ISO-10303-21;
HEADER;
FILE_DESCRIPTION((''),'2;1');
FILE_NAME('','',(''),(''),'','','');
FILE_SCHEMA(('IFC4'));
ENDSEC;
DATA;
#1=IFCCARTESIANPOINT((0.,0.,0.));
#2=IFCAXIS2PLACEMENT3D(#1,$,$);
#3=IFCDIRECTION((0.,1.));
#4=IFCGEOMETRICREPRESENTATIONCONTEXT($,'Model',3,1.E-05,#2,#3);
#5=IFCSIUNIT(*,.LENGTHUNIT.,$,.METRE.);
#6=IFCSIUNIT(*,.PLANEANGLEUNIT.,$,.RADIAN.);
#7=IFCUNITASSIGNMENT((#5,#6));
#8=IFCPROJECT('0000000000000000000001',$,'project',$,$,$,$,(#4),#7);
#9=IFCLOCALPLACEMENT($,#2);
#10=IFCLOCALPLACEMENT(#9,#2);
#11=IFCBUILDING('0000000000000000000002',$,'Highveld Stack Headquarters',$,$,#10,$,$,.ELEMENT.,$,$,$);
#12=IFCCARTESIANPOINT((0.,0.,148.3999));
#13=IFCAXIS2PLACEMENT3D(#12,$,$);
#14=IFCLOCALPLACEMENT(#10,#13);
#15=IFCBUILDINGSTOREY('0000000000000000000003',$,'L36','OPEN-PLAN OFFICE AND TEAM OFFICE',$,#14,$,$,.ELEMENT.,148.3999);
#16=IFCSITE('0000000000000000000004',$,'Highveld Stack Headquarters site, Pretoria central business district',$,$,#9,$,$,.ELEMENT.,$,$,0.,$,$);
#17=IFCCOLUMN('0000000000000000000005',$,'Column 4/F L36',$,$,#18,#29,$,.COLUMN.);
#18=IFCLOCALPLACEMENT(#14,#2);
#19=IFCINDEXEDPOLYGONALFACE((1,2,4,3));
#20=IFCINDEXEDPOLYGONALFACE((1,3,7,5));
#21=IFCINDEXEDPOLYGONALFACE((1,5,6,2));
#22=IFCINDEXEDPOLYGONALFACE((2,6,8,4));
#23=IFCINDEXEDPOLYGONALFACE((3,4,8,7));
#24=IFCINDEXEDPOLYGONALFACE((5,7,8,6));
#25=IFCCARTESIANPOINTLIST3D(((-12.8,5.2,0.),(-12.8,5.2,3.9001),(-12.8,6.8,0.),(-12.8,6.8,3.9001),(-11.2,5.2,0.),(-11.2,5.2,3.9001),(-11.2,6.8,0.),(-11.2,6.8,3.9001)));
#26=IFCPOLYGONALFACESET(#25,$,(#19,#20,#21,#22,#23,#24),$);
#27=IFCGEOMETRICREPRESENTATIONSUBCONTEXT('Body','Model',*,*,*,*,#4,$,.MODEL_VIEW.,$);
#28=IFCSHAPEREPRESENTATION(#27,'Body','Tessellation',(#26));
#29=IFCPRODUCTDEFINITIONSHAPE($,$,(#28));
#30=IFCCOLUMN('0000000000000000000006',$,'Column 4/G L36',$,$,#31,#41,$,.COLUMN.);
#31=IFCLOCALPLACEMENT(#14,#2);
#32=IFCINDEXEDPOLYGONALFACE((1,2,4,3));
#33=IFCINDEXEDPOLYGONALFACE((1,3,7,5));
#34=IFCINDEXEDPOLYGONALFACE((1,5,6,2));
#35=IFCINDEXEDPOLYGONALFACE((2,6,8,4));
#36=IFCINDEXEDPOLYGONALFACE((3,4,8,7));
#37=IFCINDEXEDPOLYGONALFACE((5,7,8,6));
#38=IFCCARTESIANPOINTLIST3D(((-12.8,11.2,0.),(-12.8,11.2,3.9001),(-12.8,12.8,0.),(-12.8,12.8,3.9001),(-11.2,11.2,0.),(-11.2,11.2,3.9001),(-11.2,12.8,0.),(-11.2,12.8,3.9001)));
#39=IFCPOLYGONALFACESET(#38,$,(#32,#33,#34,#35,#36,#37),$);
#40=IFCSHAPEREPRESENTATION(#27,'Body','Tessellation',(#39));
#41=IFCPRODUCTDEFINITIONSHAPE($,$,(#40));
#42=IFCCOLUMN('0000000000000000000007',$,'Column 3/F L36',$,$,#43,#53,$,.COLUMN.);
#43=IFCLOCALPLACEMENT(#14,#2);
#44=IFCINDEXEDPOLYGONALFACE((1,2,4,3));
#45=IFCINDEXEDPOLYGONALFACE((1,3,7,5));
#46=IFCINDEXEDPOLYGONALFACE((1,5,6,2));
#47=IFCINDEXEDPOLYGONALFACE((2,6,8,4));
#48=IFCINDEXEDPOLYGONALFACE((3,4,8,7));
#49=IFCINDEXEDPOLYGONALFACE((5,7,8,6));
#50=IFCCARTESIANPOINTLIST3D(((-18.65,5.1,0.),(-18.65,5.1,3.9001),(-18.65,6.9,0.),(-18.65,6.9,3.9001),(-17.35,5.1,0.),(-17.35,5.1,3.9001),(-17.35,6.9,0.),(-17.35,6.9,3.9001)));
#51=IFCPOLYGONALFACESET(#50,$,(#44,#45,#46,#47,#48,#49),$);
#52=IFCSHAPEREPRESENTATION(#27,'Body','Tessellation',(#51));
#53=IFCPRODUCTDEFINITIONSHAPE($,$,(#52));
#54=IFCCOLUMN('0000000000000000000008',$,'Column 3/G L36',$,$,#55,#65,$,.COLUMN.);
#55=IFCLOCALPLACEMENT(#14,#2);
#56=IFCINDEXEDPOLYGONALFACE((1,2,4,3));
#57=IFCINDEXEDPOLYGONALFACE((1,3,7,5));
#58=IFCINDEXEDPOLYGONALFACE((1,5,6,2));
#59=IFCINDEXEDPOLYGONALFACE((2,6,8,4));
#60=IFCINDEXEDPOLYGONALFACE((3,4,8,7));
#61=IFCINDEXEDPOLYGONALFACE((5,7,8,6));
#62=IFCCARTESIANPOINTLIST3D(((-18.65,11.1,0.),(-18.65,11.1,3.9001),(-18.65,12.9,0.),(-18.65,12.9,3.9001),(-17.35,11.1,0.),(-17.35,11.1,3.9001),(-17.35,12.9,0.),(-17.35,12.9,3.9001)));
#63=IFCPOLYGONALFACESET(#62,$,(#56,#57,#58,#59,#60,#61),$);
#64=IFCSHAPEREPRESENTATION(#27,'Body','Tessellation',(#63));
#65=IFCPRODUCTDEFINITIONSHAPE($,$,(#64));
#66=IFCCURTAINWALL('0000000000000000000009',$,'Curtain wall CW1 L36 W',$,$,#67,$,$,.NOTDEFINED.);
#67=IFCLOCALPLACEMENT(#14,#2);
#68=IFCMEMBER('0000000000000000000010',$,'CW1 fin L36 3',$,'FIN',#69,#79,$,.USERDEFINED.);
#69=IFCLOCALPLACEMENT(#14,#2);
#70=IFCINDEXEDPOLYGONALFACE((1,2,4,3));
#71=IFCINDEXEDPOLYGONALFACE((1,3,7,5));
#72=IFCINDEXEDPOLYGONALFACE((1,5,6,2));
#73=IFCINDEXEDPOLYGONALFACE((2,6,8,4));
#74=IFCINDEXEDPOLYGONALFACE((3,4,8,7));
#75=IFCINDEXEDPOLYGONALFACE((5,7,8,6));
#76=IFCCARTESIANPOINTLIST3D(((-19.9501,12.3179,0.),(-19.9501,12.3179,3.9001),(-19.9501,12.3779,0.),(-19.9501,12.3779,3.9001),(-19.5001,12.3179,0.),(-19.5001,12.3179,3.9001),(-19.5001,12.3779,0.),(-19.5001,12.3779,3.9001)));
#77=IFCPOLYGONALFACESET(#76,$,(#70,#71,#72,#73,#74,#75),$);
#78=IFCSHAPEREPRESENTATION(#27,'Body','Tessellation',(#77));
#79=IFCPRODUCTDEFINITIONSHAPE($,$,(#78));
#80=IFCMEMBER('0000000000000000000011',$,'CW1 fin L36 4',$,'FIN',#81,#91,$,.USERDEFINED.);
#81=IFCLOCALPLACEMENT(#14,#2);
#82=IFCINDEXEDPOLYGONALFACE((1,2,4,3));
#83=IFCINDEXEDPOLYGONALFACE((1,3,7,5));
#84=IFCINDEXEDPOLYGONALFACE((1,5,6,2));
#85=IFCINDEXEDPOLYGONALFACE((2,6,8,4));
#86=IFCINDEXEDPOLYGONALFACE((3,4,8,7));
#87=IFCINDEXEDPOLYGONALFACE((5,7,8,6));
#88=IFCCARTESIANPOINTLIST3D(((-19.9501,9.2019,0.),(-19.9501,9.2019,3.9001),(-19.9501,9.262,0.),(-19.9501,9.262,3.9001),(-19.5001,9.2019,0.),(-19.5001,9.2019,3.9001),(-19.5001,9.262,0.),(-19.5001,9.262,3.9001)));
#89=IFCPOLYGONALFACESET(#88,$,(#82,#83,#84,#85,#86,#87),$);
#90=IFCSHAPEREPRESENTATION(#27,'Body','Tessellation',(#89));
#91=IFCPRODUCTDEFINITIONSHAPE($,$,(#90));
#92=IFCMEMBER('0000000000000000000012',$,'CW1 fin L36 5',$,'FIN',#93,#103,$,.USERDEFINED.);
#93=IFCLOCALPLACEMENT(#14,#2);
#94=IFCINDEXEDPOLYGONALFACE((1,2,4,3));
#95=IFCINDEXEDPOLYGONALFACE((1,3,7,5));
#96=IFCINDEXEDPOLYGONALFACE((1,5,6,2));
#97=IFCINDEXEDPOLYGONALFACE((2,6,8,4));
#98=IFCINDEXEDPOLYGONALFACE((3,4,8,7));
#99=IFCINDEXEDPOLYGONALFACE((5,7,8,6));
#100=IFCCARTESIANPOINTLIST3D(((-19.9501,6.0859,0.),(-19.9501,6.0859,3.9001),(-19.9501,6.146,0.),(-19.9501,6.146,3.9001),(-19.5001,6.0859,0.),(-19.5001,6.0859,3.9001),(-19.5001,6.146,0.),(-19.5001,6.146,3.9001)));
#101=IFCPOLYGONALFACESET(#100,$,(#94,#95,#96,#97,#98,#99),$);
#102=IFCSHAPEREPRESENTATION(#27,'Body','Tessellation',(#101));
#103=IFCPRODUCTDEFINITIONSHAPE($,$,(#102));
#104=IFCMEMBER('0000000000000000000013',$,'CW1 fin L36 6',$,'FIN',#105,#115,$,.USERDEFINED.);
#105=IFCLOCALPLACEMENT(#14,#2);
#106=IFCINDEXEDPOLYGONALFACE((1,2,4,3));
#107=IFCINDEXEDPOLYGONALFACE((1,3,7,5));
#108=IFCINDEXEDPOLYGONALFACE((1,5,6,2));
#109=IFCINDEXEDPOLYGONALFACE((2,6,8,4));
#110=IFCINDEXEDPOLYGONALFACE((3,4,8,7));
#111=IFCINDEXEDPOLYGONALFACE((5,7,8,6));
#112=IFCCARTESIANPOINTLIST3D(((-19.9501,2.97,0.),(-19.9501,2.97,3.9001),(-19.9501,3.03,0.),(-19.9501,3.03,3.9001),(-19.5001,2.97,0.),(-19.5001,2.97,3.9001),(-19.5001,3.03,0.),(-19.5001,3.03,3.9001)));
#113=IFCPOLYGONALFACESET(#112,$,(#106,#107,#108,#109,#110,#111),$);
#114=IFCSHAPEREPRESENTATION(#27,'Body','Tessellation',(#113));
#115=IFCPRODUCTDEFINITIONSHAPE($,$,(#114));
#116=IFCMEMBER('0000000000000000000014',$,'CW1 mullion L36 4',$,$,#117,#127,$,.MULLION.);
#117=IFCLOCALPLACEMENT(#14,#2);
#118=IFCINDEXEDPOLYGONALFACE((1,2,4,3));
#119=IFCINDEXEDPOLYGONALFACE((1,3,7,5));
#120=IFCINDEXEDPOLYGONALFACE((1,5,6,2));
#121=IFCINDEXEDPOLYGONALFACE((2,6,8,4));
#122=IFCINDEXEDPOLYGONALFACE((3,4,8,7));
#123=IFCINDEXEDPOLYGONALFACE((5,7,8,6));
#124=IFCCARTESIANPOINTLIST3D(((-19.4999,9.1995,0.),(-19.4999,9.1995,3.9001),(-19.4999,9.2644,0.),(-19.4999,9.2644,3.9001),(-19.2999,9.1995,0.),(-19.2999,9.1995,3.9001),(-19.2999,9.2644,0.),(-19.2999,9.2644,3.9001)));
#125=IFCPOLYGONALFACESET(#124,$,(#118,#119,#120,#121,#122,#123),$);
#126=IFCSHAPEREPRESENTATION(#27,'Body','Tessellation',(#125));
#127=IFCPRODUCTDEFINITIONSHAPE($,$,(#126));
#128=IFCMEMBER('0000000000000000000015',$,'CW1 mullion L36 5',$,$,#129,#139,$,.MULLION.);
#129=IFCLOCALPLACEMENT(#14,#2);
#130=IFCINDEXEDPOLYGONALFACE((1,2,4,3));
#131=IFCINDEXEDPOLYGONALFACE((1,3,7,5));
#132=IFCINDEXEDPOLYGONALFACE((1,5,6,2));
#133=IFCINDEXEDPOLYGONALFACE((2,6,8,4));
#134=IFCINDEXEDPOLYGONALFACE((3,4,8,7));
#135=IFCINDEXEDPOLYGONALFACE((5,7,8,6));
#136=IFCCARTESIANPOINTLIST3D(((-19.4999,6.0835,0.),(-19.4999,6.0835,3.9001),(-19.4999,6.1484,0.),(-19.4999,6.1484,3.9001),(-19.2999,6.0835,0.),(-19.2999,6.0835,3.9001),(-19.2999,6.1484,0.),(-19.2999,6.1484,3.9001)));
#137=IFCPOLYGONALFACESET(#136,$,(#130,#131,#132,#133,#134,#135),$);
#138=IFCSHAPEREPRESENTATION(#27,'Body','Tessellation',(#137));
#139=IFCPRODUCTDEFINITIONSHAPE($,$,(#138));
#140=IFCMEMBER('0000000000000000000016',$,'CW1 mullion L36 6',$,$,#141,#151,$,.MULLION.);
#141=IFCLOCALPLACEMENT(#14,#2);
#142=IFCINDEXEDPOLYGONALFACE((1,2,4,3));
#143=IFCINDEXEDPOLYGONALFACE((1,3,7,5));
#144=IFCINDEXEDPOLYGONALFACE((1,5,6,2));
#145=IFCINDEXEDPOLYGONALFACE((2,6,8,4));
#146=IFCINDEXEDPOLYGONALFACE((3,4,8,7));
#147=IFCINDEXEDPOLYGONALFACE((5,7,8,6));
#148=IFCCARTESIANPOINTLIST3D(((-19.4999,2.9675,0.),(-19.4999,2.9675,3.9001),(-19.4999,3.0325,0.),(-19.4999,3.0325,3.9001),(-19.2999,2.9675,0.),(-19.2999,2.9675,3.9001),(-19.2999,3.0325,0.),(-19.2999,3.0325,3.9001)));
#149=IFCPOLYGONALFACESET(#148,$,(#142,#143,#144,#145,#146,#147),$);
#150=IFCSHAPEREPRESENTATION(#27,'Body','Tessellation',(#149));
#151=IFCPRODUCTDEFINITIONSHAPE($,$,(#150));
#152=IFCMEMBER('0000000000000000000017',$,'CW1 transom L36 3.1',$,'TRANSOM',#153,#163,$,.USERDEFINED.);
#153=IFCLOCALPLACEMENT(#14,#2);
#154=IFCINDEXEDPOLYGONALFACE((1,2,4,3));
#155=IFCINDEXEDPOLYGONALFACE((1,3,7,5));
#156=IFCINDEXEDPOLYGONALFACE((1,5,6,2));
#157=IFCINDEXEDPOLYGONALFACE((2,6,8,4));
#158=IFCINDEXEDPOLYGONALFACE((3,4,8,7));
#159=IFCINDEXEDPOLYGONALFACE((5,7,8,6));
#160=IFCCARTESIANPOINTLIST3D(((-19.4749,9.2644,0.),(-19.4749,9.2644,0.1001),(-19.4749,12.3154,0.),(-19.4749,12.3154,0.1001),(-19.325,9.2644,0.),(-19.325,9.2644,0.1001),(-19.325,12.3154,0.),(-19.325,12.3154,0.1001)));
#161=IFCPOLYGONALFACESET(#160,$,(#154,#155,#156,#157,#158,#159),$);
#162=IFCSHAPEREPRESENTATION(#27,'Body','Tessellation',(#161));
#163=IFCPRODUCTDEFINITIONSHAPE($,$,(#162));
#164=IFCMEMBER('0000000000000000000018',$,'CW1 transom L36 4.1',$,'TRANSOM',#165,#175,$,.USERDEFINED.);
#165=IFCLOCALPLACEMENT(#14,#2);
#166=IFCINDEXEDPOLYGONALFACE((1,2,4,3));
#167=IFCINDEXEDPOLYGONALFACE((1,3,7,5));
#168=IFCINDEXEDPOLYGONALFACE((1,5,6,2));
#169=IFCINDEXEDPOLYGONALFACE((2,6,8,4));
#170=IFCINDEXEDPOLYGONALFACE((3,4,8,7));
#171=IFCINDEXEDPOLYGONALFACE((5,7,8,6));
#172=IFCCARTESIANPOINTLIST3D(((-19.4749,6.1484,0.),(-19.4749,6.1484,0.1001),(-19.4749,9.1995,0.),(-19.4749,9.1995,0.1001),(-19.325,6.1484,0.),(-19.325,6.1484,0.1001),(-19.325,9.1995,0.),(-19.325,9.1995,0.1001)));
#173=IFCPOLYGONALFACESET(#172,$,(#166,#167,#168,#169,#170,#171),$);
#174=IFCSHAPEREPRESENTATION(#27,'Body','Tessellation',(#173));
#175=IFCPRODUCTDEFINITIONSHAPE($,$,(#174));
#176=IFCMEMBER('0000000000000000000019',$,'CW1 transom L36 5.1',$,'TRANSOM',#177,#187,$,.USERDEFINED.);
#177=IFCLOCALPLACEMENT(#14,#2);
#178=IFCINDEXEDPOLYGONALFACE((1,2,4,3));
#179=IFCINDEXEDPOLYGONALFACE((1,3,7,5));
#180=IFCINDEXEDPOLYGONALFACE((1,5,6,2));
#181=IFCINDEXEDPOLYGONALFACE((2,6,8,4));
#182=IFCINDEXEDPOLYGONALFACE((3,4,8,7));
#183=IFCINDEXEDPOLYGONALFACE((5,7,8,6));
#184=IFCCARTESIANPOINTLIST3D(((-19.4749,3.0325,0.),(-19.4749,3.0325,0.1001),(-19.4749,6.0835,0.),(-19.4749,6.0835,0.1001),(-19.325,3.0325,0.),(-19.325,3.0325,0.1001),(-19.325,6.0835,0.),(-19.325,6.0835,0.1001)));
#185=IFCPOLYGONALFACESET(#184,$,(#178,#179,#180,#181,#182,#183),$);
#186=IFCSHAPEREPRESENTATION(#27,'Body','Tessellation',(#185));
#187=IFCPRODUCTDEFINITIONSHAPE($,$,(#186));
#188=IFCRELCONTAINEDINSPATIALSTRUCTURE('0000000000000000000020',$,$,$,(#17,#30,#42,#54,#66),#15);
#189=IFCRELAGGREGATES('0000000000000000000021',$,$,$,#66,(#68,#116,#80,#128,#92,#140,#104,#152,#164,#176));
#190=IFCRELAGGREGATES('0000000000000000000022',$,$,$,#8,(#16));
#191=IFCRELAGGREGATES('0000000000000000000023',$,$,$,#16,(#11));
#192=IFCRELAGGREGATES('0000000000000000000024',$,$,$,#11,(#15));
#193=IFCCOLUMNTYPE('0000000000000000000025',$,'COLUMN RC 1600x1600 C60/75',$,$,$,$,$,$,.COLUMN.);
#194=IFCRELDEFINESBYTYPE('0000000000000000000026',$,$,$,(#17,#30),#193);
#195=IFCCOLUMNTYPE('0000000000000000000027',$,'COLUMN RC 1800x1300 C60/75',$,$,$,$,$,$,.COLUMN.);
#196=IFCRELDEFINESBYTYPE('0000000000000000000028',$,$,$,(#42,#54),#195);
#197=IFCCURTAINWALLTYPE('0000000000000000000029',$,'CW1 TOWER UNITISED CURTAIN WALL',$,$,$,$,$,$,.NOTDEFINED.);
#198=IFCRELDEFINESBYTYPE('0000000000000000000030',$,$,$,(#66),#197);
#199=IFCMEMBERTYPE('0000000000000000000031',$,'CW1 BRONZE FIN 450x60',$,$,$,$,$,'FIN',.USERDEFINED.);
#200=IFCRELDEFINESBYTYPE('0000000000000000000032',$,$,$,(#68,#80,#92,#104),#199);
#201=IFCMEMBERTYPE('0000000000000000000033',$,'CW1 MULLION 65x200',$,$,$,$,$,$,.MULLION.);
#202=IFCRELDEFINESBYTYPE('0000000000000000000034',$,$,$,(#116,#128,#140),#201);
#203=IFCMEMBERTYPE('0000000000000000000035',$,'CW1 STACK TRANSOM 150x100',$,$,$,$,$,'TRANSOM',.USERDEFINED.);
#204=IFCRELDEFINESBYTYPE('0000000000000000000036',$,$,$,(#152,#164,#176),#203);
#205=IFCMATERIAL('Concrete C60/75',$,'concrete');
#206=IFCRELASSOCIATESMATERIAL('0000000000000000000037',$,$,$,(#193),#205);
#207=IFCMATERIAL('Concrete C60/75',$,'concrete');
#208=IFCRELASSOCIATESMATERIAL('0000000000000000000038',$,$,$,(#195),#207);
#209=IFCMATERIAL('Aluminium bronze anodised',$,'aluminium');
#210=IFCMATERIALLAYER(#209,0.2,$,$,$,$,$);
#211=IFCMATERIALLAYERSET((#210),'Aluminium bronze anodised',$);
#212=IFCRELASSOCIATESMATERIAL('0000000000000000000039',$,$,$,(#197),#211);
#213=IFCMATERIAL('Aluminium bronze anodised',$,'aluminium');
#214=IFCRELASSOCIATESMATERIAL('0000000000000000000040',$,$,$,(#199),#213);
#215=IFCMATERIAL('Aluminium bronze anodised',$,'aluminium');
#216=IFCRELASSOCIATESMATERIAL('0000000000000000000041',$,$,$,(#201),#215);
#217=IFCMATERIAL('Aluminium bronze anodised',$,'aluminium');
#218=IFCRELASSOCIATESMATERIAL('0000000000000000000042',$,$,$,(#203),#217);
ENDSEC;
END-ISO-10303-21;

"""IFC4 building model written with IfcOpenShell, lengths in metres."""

from ifc_helpers import new_model, si_unit, direction, frame, origin, origin_2d, place, context, subcontext, project, spatial, rectangle, extrude, material, layer, layer_set, material_profile, profile_set, type_object, element, aggregate, save


model = new_model("IFC4")

# Units and contexts
model_context = context("Model", 3, precision=1e-05, world=origin(), true_north=direction((0.0, 1.0)))
body_context = subcontext(model_context, "Body", "Model", "MODEL_VIEW")
ifc_project = project(units=[si_unit("LENGTHUNIT", "METRE"), si_unit("PLANEANGLEUNIT", "RADIAN")], contexts=[model_context])

# Site, building, storey
site_placement = place(None, origin())
site = spatial("IfcSite", under=ifc_project, at=site_placement, Name="Highveld Stack Headquarters site, Pretoria central business district", CompositionType="ELEMENT", RefElevation=0.0)
building_placement = place(site_placement, origin())
building = spatial("IfcBuilding", under=site, at=building_placement, Name="Highveld Stack Headquarters", CompositionType="ELEMENT")
storey_placement = place(building_placement, frame((0.0, 0.0, 148.3999)))
storey = spatial("IfcBuildingStorey", under=building, at=storey_placement, Name="L36", Description="OPEN-PLAN OFFICE AND TEAM OFFICE", CompositionType="ELEMENT", Elevation=148.3999)

# Columns
ifc_material_1 = material(Name="Concrete C60/75", Category="concrete")
ifc_material_profile_1 = material_profile(ifc_material_1, rectangle(XDim=1.6001, YDim=1.6001, at=origin_2d()), Name="RC 1600x1600")
ifc_profile_set_1 = profile_set([ifc_material_profile_1], Name="Concrete C60/75")
column_type_1 = type_object("IfcColumnType", Name="COLUMN RC 1600x1600 C60/75", PredefinedType="COLUMN", material=ifc_profile_set_1)
for number, where, z_axis, x_axis, name in (
    (1, (-12.0, 6.0, 0.0), (0.0, 0.0, 1.0), (1.0, 0.0, 0.0), "Column 4/F L36"),
    (2, (-12.0, 12.0, 0.0), (0.0, 0.0, 1.0), (1.0, 0.0, 0.0), "Column 4/G L36"),
):
    element("IfcColumn", number, at=place(storey_placement, frame(where, z_axis=z_axis, x_axis=x_axis)), inside=storey, type_object=column_type_1, Name=name, PredefinedType="COLUMN", context=body_context, shape_type="SweptSolid", body=[
        extrude(rectangle(XDim=1.6001, YDim=1.6001, at=origin_2d()), origin(), (0.0, 0.0, 1.0), 3.9001),
    ])
ifc_material_2 = material(Name="Concrete C60/75", Category="concrete")
ifc_material_profile_2 = material_profile(ifc_material_2, rectangle(XDim=1.8, YDim=1.3, at=origin_2d()), Name="RC 1800x1300")
ifc_profile_set_2 = profile_set([ifc_material_profile_2], Name="Concrete C60/75")
column_type_2 = type_object("IfcColumnType", Name="COLUMN RC 1800x1300 C60/75", PredefinedType="COLUMN", material=ifc_profile_set_2)
for number, where, z_axis, x_axis, name in (
    (3, (-18.0, 6.0, 0.0), (0.0, 0.0, 1.0), (0.0, 1.0, 0.0), "Column 3/F L36"),
    (4, (-18.0, 12.0, 0.0), (0.0, 0.0, 1.0), (0.0, 1.0, 0.0), "Column 3/G L36"),
):
    element("IfcColumn", number, at=place(storey_placement, frame(where, z_axis=z_axis, x_axis=x_axis)), inside=storey, type_object=column_type_2, Name=name, PredefinedType="COLUMN", context=body_context, shape_type="SweptSolid", body=[
        extrude(rectangle(XDim=1.8, YDim=1.3, at=origin_2d()), origin(), (0.0, 0.0, 1.0), 3.9001),
    ])

# Curtain wall, members
ifc_material_3 = material(Name="Aluminium bronze anodised", Category="aluminium")
ifc_layer_1 = layer(ifc_material_3, 0.2)
ifc_layer_set_1 = layer_set([ifc_layer_1], Name="Aluminium bronze anodised")
curtain_wall_type = type_object("IfcCurtainWallType", Name="CW1 TOWER UNITISED CURTAIN WALL", PredefinedType="NOTDEFINED", material=ifc_layer_set_1)
curtain_wall_placement = place(storey_placement, origin())
curtain_wall = element("IfcCurtainWall", 5, at=curtain_wall_placement, inside=storey, type_object=curtain_wall_type, Name="Curtain wall CW1 L36 W", PredefinedType="NOTDEFINED")
ifc_material_4 = material(Name="Aluminium bronze anodised", Category="aluminium")
ifc_material_profile_3 = material_profile(ifc_material_4, rectangle(XDim=0.45, YDim=0.0601, at=origin_2d()), Name="FIN 450x60")
ifc_profile_set_3 = profile_set([ifc_material_profile_3], Name="Aluminium bronze anodised")
member_type_1 = type_object("IfcMemberType", Name="CW1 BRONZE FIN 450x60", ElementType="FIN", PredefinedType="USERDEFINED", material=ifc_profile_set_3)
member_1_placement = place(storey_placement, frame((-19.7251, 12.3479, 0.0), z_axis=(0.0, 0.0, 1.0), x_axis=(1.0, 0.0, 0.0)))
member_1 = element("IfcMember", 6, at=member_1_placement, type_object=member_type_1, Name="CW1 fin L36 3", ObjectType="FIN", PredefinedType="USERDEFINED", context=body_context, shape_type="SweptSolid", body=[
    extrude(rectangle(XDim=0.45, YDim=0.0601, at=origin_2d()), origin(), (0.0, 0.0, 1.0), 3.9001),
])
member_2_placement = place(storey_placement, frame((-19.7251, 9.2319, 0.0), z_axis=(0.0, 0.0, 1.0), x_axis=(1.0, 0.0, 0.0)))
member_2 = element("IfcMember", 7, at=member_2_placement, type_object=member_type_1, Name="CW1 fin L36 4", ObjectType="FIN", PredefinedType="USERDEFINED", context=body_context, shape_type="SweptSolid", body=[
    extrude(rectangle(XDim=0.45, YDim=0.0601, at=origin_2d()), origin(), (0.0, 0.0, 1.0), 3.9001),
])
member_3_placement = place(storey_placement, frame((-19.7251, 6.116, 0.0), z_axis=(0.0, 0.0, 1.0), x_axis=(1.0, 0.0, 0.0)))
member_3 = element("IfcMember", 8, at=member_3_placement, type_object=member_type_1, Name="CW1 fin L36 5", ObjectType="FIN", PredefinedType="USERDEFINED", context=body_context, shape_type="SweptSolid", body=[
    extrude(rectangle(XDim=0.45, YDim=0.0601, at=origin_2d()), origin(), (0.0, 0.0, 1.0), 3.9001),
])
member_4_placement = place(storey_placement, frame((-19.7251, 3.0, 0.0), z_axis=(0.0, 0.0, 1.0), x_axis=(1.0, 0.0, 0.0)))
member_4 = element("IfcMember", 9, at=member_4_placement, type_object=member_type_1, Name="CW1 fin L36 6", ObjectType="FIN", PredefinedType="USERDEFINED", context=body_context, shape_type="SweptSolid", body=[
    extrude(rectangle(XDim=0.45, YDim=0.0601, at=origin_2d()), origin(), (0.0, 0.0, 1.0), 3.9001),
])
ifc_material_5 = material(Name="Aluminium bronze anodised", Category="aluminium")
ifc_material_profile_4 = material_profile(ifc_material_5, rectangle(XDim=0.2, YDim=0.0649, at=origin_2d()), Name="CW1 MULLION 65x200")
ifc_profile_set_4 = profile_set([ifc_material_profile_4], Name="Aluminium bronze anodised")
member_type_2 = type_object("IfcMemberType", Name="CW1 MULLION 65x200", PredefinedType="MULLION", material=ifc_profile_set_4)
member_5_placement = place(storey_placement, frame((-19.3999, 9.2319, 0.0), z_axis=(0.0, 0.0, 1.0), x_axis=(1.0, 0.0, 0.0)))
member_5 = element("IfcMember", 10, at=member_5_placement, type_object=member_type_2, Name="CW1 mullion L36 4", PredefinedType="MULLION", context=body_context, shape_type="SweptSolid", body=[
    extrude(rectangle(XDim=0.2, YDim=0.0649, at=origin_2d()), origin(), (0.0, 0.0, 1.0), 3.9001),
])
member_6_placement = place(storey_placement, frame((-19.3999, 6.116, 0.0), z_axis=(0.0, 0.0, 1.0), x_axis=(1.0, 0.0, 0.0)))
member_6 = element("IfcMember", 11, at=member_6_placement, type_object=member_type_2, Name="CW1 mullion L36 5", PredefinedType="MULLION", context=body_context, shape_type="SweptSolid", body=[
    extrude(rectangle(XDim=0.2, YDim=0.0649, at=origin_2d()), origin(), (0.0, 0.0, 1.0), 3.9001),
])
member_7_placement = place(storey_placement, frame((-19.3999, 3.0, 0.0), z_axis=(0.0, 0.0, 1.0), x_axis=(1.0, 0.0, 0.0)))
member_7 = element("IfcMember", 12, at=member_7_placement, type_object=member_type_2, Name="CW1 mullion L36 6", PredefinedType="MULLION", context=body_context, shape_type="SweptSolid", body=[
    extrude(rectangle(XDim=0.2, YDim=0.0649, at=origin_2d()), origin(), (0.0, 0.0, 1.0), 3.9001),
])
ifc_material_6 = material(Name="Aluminium bronze anodised", Category="aluminium")
ifc_material_profile_5 = material_profile(ifc_material_6, rectangle(XDim=0.1499, YDim=0.1001, at=origin_2d()), Name="CW1 TRANSOM 150x100")
ifc_profile_set_5 = profile_set([ifc_material_profile_5], Name="Aluminium bronze anodised")
member_type_3 = type_object("IfcMemberType", Name="CW1 STACK TRANSOM 150x100", ElementType="TRANSOM", PredefinedType="USERDEFINED", material=ifc_profile_set_5)
member_8_placement = place(storey_placement, frame((-19.3999, 12.3154, 0.05), z_axis=(0.0, -1.0, 0.0), x_axis=(1.0, 0.0, 0.0)))
member_8 = element("IfcMember", 13, at=member_8_placement, type_object=member_type_3, Name="CW1 transom L36 3.1", ObjectType="TRANSOM", PredefinedType="USERDEFINED", context=body_context, shape_type="SweptSolid", body=[
    extrude(rectangle(XDim=0.1499, YDim=0.1001, at=origin_2d()), origin(), (0.0, 0.0, 1.0), 3.051),
])
member_9_placement = place(storey_placement, frame((-19.3999, 9.1995, 0.05), z_axis=(0.0, -1.0, 0.0), x_axis=(1.0, 0.0, 0.0)))
member_9 = element("IfcMember", 14, at=member_9_placement, type_object=member_type_3, Name="CW1 transom L36 4.1", ObjectType="TRANSOM", PredefinedType="USERDEFINED", context=body_context, shape_type="SweptSolid", body=[
    extrude(rectangle(XDim=0.1499, YDim=0.1001, at=origin_2d()), origin(), (0.0, 0.0, 1.0), 3.051),
])
member_10_placement = place(storey_placement, frame((-19.3999, 6.0835, 0.05), z_axis=(0.0, -1.0, 0.0), x_axis=(1.0, 0.0, 0.0)))
member_10 = element("IfcMember", 15, at=member_10_placement, type_object=member_type_3, Name="CW1 transom L36 5.1", ObjectType="TRANSOM", PredefinedType="USERDEFINED", context=body_context, shape_type="SweptSolid", body=[
    extrude(rectangle(XDim=0.1499, YDim=0.1001, at=origin_2d()), origin(), (0.0, 0.0, 1.0), 3.051),
])
aggregate(curtain_wall, [member_1, member_5, member_2, member_6, member_3, member_7, member_4, member_8, member_9, member_10])

save(model, "model.ifc")
